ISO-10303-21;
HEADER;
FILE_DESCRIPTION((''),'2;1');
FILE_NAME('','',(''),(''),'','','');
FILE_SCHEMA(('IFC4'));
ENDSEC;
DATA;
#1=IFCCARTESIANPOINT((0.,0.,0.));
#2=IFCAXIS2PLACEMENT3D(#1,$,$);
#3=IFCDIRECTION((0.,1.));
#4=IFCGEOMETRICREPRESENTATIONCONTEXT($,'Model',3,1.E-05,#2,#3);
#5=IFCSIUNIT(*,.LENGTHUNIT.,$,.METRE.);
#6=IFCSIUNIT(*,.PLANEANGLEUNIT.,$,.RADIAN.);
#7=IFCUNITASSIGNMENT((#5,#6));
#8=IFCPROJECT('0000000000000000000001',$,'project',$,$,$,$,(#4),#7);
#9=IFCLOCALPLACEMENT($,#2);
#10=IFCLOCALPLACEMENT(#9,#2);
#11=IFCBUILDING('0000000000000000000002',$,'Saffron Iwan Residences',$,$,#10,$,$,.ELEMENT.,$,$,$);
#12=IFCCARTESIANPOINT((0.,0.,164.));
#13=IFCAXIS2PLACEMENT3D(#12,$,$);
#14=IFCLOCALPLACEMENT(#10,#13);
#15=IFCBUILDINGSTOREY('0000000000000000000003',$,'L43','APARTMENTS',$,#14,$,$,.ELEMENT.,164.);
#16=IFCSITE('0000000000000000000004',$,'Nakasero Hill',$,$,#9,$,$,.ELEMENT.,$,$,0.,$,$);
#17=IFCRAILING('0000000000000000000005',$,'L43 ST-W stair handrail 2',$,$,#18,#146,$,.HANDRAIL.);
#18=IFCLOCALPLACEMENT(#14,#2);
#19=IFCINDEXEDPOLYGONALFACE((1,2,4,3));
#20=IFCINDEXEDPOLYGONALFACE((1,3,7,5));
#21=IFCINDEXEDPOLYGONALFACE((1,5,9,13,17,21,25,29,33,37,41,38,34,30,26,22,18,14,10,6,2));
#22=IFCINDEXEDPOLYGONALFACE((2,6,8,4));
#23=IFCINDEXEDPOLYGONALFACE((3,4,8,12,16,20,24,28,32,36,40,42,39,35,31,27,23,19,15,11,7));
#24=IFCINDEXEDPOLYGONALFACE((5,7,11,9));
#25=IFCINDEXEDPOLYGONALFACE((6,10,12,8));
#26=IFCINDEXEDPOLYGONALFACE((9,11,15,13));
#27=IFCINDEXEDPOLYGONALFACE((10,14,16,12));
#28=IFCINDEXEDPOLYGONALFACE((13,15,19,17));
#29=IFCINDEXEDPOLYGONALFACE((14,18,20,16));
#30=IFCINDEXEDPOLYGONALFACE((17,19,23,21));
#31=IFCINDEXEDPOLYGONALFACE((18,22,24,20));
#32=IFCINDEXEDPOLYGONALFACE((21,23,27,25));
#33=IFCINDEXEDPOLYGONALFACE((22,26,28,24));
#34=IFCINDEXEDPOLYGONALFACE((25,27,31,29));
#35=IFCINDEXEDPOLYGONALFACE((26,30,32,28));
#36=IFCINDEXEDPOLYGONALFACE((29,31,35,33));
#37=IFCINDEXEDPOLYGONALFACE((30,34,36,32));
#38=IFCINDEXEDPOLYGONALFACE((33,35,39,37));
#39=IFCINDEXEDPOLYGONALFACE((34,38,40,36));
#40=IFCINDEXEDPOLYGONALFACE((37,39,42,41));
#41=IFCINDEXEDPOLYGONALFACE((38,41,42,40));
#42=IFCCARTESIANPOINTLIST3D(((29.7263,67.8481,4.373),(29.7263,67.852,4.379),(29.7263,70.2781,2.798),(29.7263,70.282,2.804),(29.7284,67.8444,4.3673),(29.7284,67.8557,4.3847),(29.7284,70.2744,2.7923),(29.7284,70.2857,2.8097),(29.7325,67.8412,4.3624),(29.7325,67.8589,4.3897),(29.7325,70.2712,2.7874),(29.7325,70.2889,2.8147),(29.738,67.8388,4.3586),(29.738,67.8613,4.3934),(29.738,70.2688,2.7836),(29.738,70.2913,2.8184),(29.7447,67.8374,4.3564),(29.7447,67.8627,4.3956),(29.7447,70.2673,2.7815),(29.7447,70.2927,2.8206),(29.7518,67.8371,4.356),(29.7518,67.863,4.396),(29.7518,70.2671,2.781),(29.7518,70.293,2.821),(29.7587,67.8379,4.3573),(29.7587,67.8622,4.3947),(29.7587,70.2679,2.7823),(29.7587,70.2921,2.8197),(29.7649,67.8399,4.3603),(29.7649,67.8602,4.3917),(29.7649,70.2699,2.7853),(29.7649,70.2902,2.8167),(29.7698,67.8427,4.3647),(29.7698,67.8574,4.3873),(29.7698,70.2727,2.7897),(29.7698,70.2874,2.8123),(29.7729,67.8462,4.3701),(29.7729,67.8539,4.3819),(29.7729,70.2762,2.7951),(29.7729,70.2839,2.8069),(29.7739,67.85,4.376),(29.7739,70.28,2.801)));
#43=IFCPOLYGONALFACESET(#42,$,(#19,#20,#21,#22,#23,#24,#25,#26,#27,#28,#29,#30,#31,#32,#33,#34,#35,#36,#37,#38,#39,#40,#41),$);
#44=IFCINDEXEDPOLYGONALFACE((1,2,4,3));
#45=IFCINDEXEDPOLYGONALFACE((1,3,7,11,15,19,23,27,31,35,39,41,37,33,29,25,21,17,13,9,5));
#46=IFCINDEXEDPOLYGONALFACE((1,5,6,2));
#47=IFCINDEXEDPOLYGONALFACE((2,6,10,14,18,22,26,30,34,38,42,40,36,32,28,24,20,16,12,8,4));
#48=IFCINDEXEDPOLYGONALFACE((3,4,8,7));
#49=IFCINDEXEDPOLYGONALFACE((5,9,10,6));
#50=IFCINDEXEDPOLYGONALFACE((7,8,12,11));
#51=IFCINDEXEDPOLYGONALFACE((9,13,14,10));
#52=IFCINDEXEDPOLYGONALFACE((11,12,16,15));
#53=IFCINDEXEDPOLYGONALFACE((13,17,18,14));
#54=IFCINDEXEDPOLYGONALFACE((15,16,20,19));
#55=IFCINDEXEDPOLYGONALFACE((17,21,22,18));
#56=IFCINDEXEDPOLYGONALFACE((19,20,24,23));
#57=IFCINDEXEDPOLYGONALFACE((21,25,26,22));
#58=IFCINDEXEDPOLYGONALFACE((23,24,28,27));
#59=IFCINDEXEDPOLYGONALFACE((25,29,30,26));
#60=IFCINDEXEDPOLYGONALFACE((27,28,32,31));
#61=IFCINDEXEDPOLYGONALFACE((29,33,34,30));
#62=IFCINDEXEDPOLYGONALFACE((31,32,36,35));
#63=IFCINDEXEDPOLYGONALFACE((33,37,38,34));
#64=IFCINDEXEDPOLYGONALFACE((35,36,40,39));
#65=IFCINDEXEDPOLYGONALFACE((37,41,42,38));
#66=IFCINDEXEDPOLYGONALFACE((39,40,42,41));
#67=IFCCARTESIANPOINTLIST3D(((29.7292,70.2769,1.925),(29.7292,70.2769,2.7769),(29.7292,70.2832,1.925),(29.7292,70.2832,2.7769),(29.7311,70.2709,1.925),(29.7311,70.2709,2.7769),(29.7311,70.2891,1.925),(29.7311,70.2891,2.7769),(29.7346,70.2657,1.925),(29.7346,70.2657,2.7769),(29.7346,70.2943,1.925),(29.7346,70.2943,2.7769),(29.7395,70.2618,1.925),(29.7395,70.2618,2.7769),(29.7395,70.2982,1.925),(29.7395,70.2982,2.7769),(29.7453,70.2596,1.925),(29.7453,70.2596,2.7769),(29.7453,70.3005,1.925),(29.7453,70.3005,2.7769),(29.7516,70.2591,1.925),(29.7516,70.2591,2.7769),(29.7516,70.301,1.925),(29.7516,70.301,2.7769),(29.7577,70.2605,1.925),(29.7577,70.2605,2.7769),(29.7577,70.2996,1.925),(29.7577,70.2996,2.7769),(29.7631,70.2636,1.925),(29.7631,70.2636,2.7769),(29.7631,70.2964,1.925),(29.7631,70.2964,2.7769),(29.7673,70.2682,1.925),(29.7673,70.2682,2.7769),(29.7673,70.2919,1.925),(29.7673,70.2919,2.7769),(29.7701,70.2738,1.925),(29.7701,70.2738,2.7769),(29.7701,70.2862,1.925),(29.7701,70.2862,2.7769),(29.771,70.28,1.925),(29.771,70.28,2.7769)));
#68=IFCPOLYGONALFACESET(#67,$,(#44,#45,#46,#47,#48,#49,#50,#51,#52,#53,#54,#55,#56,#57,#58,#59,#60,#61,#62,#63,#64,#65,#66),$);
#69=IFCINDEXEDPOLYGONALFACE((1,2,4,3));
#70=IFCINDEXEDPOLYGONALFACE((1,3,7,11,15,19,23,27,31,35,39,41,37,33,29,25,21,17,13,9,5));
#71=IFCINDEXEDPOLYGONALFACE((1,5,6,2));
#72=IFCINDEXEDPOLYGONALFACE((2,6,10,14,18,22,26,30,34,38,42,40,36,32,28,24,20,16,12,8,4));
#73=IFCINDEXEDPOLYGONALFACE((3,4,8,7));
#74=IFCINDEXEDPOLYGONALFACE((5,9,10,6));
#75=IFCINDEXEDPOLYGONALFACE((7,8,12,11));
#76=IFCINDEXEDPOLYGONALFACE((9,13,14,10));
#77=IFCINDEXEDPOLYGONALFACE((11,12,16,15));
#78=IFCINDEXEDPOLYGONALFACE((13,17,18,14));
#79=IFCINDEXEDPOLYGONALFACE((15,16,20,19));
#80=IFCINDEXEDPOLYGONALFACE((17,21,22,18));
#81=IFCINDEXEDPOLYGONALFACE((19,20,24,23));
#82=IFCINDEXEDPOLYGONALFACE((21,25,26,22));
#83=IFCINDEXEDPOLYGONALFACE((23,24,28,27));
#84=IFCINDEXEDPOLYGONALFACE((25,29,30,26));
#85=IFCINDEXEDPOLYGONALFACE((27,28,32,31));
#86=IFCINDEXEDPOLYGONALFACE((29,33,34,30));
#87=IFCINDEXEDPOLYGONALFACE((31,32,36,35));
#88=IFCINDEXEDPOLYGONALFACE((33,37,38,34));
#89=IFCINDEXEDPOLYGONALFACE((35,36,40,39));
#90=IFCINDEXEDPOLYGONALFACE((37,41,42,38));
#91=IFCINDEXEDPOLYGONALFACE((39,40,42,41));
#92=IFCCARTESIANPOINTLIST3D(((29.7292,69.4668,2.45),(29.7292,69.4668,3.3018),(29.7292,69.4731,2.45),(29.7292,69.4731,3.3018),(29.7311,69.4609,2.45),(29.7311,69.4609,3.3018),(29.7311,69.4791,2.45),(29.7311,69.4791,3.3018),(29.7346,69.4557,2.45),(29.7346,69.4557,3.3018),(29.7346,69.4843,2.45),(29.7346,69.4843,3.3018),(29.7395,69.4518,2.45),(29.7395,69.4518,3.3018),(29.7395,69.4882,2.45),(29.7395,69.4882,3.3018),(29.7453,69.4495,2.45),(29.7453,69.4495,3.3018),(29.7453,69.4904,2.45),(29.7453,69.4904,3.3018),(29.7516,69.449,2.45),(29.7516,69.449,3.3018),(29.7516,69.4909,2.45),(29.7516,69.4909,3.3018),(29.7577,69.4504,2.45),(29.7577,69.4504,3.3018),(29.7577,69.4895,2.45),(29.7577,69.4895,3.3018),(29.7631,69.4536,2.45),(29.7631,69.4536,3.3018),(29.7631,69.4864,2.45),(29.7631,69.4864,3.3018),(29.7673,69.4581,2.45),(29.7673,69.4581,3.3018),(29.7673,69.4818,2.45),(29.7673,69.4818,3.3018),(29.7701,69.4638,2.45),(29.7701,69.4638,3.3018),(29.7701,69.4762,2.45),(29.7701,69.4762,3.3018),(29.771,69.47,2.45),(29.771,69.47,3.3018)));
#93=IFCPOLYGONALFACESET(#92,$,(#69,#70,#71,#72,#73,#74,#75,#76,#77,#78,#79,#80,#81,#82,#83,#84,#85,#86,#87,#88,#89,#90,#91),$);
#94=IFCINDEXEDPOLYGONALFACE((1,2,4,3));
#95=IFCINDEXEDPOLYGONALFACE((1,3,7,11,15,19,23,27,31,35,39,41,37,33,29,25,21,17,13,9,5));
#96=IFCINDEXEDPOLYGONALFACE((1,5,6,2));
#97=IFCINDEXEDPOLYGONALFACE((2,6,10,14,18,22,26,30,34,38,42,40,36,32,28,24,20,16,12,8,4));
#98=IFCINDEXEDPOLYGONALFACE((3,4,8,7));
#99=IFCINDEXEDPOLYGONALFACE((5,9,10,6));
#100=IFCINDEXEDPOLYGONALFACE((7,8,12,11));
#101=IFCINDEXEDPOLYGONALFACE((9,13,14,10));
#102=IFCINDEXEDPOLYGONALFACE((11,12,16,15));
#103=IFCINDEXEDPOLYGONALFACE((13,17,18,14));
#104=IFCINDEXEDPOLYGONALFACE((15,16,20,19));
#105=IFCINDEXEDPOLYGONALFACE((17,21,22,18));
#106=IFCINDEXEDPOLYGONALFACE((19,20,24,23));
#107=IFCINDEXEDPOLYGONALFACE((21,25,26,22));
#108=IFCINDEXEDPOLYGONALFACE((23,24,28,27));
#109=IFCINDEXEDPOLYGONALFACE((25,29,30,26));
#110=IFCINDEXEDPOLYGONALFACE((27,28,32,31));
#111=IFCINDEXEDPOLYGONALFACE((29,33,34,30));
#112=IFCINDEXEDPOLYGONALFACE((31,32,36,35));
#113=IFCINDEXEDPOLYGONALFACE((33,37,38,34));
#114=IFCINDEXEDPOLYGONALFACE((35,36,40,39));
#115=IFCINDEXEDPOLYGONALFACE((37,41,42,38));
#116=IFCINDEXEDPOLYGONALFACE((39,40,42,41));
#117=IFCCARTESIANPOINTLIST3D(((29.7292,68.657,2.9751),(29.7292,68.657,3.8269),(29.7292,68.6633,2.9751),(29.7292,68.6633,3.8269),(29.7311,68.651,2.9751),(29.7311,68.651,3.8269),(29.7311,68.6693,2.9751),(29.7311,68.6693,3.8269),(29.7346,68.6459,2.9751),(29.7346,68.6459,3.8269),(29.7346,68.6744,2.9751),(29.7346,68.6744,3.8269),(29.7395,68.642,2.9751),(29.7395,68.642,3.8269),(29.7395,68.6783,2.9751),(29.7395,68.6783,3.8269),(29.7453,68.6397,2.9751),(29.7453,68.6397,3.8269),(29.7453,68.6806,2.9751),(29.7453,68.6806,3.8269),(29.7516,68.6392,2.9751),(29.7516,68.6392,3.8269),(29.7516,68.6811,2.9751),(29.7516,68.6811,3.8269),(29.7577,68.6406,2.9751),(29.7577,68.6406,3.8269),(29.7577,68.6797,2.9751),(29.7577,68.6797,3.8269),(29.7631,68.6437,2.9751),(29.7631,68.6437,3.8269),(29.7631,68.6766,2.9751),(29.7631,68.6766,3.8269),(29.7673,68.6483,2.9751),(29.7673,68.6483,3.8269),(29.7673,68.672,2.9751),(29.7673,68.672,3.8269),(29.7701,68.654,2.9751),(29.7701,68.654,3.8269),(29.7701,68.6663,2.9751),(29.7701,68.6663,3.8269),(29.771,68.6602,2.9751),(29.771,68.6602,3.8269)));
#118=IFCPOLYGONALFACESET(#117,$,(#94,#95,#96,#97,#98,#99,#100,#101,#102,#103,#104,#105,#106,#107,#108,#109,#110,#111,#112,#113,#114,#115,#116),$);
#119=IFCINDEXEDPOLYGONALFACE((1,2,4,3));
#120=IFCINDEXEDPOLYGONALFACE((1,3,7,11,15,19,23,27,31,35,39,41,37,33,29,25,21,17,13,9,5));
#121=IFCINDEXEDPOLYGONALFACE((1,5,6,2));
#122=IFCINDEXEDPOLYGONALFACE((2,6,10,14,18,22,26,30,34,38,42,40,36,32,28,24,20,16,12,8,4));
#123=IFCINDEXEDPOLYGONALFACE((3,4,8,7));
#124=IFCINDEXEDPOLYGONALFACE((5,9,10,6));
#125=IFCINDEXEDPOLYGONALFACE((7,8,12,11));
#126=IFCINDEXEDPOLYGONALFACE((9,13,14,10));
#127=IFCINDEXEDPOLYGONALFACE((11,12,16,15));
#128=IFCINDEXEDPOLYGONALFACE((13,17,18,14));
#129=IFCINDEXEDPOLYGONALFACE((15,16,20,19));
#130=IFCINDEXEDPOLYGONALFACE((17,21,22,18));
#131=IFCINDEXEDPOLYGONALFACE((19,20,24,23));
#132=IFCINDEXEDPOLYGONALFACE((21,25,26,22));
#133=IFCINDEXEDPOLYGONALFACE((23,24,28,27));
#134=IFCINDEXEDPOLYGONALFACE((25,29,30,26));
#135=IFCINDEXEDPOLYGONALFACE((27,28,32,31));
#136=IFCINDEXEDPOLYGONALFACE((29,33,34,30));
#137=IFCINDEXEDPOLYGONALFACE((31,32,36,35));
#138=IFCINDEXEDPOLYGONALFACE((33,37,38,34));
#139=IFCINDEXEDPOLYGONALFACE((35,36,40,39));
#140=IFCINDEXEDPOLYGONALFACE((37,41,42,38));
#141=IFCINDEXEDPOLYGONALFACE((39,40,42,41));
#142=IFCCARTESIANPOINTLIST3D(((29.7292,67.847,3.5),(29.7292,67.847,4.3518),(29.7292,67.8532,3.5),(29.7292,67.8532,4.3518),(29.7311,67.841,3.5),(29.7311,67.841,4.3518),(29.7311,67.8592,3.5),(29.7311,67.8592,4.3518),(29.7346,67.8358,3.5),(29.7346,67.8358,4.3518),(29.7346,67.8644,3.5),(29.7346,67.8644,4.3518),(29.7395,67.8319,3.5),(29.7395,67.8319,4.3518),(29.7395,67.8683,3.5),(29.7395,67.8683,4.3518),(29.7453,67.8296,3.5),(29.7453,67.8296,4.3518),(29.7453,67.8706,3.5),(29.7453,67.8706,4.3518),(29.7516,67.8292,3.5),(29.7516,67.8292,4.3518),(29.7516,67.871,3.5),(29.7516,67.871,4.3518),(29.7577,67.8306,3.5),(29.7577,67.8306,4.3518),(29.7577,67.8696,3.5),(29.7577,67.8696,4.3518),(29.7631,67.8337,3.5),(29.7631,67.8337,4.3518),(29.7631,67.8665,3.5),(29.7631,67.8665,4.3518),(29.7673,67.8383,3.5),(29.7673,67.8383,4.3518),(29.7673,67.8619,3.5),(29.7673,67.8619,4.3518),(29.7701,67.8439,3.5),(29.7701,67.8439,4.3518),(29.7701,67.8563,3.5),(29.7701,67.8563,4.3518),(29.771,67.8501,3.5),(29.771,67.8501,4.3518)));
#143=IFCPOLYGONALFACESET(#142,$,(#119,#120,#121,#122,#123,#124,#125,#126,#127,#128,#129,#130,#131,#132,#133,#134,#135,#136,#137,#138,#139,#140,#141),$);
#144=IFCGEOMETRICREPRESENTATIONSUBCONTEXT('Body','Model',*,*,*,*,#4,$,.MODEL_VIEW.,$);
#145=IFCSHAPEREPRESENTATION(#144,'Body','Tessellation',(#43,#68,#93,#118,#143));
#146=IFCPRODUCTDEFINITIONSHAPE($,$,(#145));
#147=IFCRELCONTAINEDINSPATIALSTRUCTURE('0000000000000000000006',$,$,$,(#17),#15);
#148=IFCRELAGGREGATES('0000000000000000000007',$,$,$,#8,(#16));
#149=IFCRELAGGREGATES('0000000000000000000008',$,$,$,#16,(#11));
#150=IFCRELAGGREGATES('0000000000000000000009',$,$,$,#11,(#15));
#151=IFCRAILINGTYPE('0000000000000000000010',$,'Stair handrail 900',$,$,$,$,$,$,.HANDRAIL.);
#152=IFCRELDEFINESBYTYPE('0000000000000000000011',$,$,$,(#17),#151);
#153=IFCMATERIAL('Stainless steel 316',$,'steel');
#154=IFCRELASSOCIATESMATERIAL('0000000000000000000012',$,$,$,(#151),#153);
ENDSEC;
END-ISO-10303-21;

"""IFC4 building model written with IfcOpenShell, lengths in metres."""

from ifc_helpers import new_model, si_unit, direction, frame, origin, origin_2d, place, context, subcontext, project, spatial, circle, extrude, material, type_object, element, save


model = new_model("IFC4")

# Units and contexts
model_context = context("Model", 3, precision=1e-05, world=origin(), true_north=direction((0.0, 1.0)))
body_context = subcontext(model_context, "Body", "Model", "MODEL_VIEW")
ifc_project = project(units=[si_unit("LENGTHUNIT", "METRE"), si_unit("PLANEANGLEUNIT", "RADIAN")], contexts=[model_context])

# Site, building, storey
site_placement = place(None, origin())
site = spatial("IfcSite", under=ifc_project, at=site_placement, Name="Nakasero Hill", CompositionType="ELEMENT", RefElevation=0.0)
building_placement = place(site_placement, origin())
building = spatial("IfcBuilding", under=site, at=building_placement, Name="Saffron Iwan Residences", CompositionType="ELEMENT")
storey_placement = place(building_placement, frame((0.0, 0.0, 164.0)))
storey = spatial("IfcBuildingStorey", under=building, at=storey_placement, Name="L43", Description="APARTMENTS", CompositionType="ELEMENT", Elevation=164.0)

# Railing
ifc_material_1 = material(Name="Stainless steel 316", Category="steel")
railing_type_1 = type_object("IfcRailingType", Name="Stair handrail 900", PredefinedType="HANDRAIL", material=ifc_material_1)
railing_1_placement = place(storey_placement, frame((29.75, 70.28, 1.925)))
element("IfcRailing", 1, at=railing_1_placement, inside=storey, type_object=railing_type_1, Name="L43 ST-W stair handrail 2", PredefinedType="HANDRAIL", context=body_context, shape_type="SweptSolid", body=[
    extrude(circle(Radius=0.0239, at=origin_2d()), frame((0.0, 0.0, 0.876), z_axis=(0.0, -0.839154, 0.543894), x_axis=(1.0, 0.0, 0.0)), (0.0, 0.0, 1.0), 2.8958),
    extrude(circle(Radius=0.021, at=origin_2d()), origin(), (0.0, 0.0, 1.0), 0.8518),
    extrude(circle(Radius=0.021, at=origin_2d()), frame((0.0, -0.8101, 0.5249)), (0.0, 0.0, 1.0), 0.8518),
    extrude(circle(Radius=0.021, at=origin_2d()), frame((0.0, -1.6199, 1.05)), (0.0, 0.0, 1.0), 0.8518),
    extrude(circle(Radius=0.021, at=origin_2d()), frame((0.0, -2.4299, 1.575)), (0.0, 0.0, 1.0), 0.8518),
])

save(model, "model.ifc")
